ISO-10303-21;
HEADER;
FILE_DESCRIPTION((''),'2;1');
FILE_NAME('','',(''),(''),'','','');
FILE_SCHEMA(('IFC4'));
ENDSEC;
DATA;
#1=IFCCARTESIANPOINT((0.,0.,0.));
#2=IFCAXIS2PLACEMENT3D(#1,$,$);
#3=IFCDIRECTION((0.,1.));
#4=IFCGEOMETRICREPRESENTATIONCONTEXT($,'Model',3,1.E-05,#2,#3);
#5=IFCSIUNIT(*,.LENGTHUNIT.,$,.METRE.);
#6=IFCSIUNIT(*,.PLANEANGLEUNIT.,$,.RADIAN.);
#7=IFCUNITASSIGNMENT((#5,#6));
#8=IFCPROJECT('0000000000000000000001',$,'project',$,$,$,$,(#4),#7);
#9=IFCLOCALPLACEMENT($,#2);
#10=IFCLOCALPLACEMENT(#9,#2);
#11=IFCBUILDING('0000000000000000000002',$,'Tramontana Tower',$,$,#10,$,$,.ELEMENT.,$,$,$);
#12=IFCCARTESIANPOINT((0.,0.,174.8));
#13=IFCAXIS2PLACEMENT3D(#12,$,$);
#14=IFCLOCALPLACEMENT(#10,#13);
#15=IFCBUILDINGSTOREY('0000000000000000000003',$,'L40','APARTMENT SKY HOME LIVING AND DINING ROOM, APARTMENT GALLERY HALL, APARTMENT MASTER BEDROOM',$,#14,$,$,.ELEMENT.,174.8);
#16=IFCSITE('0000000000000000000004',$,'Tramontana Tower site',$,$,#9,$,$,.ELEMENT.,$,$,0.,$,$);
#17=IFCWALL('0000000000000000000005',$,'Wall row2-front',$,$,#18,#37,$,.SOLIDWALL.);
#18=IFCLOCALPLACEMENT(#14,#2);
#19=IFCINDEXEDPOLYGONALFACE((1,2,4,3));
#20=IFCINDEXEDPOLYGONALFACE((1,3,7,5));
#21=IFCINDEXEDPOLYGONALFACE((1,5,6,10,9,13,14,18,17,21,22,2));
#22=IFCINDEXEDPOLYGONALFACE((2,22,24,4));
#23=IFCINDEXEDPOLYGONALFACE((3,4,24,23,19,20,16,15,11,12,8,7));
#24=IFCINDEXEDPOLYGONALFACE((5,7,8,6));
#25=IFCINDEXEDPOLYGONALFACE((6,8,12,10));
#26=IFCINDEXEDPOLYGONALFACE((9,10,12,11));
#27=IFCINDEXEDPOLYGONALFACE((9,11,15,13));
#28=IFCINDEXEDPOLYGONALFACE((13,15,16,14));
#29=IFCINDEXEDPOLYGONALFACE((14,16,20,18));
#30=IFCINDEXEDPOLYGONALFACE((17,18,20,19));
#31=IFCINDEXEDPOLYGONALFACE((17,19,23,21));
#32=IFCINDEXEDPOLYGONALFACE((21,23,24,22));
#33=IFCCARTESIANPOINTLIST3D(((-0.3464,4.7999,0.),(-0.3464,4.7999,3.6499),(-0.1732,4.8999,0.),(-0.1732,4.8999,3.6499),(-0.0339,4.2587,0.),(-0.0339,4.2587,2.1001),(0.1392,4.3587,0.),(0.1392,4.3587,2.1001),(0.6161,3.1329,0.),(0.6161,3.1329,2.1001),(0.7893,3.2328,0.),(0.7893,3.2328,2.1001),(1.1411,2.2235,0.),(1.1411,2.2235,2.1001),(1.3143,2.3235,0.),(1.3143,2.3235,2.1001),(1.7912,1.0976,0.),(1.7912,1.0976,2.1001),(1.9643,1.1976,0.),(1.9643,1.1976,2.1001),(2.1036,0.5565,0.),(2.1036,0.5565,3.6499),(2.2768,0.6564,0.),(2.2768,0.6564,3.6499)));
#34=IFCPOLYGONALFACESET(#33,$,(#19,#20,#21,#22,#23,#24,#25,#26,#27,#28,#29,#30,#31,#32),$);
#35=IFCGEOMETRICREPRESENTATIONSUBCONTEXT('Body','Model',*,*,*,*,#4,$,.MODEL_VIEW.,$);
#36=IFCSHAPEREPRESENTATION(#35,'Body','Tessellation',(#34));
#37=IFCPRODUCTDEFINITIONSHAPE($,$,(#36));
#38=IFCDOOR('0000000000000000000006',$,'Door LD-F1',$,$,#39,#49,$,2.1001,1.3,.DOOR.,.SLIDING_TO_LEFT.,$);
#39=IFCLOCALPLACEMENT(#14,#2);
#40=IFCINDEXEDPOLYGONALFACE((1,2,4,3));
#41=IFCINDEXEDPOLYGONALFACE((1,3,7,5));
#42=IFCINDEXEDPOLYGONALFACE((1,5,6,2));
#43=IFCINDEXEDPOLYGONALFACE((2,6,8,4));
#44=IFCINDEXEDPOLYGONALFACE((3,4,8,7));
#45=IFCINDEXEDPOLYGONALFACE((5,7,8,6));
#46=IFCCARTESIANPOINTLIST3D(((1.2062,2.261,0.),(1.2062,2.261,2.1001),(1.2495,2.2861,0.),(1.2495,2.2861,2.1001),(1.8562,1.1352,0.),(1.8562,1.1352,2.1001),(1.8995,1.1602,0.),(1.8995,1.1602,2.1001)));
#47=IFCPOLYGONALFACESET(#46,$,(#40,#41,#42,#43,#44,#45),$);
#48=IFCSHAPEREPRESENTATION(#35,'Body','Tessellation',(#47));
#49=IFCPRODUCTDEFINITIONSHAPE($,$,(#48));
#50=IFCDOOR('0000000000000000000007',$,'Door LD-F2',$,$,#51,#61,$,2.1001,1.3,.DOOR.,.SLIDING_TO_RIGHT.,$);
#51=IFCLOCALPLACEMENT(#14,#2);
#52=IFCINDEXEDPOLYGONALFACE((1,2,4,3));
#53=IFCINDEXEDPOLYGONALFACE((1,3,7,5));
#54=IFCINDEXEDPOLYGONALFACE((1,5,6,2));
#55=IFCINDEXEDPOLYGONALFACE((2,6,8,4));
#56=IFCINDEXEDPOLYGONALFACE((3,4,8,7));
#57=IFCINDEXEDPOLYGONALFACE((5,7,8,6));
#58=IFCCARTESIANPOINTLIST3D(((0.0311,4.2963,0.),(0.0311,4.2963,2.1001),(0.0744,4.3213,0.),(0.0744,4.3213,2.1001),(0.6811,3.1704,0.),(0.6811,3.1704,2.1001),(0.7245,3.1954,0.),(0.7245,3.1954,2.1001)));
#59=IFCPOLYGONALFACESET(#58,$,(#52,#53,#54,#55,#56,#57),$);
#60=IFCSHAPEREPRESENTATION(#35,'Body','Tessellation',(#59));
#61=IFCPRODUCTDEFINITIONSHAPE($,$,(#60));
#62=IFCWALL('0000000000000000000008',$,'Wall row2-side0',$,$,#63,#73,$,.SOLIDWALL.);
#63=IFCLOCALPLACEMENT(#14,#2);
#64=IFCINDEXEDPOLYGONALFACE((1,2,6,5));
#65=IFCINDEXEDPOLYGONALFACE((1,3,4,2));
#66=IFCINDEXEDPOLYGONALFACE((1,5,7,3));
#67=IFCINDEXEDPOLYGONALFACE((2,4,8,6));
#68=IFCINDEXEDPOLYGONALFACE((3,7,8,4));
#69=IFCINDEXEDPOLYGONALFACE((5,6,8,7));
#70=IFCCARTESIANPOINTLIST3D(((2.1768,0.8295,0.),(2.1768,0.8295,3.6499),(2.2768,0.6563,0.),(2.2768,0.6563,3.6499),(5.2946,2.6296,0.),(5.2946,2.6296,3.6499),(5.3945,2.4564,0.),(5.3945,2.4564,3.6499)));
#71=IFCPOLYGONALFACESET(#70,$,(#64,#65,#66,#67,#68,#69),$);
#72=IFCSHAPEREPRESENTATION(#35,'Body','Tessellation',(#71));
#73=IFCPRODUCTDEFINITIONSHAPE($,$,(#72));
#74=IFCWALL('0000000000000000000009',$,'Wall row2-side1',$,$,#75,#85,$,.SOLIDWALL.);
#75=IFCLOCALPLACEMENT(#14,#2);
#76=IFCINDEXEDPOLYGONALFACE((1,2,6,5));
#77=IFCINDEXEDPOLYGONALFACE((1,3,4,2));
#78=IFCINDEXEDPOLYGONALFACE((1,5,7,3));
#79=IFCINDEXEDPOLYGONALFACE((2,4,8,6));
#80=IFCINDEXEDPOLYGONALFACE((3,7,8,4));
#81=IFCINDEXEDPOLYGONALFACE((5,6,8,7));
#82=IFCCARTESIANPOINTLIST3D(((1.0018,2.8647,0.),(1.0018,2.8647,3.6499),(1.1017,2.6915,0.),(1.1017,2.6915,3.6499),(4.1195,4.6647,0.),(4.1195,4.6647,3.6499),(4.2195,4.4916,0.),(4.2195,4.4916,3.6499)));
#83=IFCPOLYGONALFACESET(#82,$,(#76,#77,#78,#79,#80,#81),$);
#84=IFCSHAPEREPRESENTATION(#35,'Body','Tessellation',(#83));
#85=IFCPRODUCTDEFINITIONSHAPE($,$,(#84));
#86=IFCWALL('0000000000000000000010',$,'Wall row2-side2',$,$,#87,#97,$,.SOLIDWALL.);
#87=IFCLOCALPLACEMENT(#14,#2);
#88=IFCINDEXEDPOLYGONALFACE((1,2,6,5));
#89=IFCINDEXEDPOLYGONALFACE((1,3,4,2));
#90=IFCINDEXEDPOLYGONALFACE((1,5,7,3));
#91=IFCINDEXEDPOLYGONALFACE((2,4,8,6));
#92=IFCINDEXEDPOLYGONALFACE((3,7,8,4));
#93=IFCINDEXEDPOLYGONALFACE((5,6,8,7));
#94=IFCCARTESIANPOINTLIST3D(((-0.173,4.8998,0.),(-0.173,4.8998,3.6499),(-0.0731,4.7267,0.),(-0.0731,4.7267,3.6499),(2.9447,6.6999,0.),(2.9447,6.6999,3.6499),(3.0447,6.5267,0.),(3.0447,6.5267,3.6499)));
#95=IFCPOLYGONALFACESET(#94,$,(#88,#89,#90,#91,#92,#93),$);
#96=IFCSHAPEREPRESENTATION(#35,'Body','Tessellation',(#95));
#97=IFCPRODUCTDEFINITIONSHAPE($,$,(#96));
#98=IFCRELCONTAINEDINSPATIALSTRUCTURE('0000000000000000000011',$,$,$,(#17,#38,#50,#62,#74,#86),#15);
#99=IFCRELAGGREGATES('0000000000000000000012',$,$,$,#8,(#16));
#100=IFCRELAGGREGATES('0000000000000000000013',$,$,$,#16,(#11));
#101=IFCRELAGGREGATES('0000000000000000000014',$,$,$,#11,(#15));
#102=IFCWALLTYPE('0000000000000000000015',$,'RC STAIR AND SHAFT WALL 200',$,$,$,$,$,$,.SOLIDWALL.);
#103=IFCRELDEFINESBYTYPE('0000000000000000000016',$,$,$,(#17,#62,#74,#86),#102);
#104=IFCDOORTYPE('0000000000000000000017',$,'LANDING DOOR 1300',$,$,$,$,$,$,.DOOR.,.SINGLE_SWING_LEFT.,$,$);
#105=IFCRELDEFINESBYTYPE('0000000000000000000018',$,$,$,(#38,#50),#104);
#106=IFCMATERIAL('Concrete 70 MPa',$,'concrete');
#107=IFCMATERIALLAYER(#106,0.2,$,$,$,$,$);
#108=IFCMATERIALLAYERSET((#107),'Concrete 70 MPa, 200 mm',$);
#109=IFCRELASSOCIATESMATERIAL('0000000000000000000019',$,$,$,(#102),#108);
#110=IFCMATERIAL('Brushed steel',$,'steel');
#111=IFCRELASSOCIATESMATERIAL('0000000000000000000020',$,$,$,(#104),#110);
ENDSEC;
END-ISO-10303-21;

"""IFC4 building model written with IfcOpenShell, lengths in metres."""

from ifc_helpers import new_model, si_unit, direction, frame, frame_2d, origin, place, context, subcontext, project, spatial, rectangle, extrude, material, layer, layer_set, type_object, element, fill, save


model = new_model("IFC4")

# Units and contexts
model_context = context("Model", 3, precision=1e-05, world=origin(), true_north=direction((0.0, 1.0)))
body_context = subcontext(model_context, "Body", "Model", "MODEL_VIEW")
ifc_project = project(units=[si_unit("LENGTHUNIT", "METRE"), si_unit("PLANEANGLEUNIT", "RADIAN")], contexts=[model_context])

# Site, building, storey
site_placement = place(None, origin())
site = spatial("IfcSite", under=ifc_project, at=site_placement, Name="Tramontana Tower site", CompositionType="ELEMENT", RefElevation=0.0)
building_placement = place(site_placement, origin())
building = spatial("IfcBuilding", under=site, at=building_placement, Name="Tramontana Tower", CompositionType="ELEMENT")
storey_placement = place(building_placement, frame((0.0, 0.0, 174.8)))
storey = spatial("IfcBuildingStorey", under=building, at=storey_placement, Name="L40", Description="APARTMENT SKY HOME LIVING AND DINING ROOM, APARTMENT GALLERY HALL, APARTMENT MASTER BEDROOM", CompositionType="ELEMENT", Elevation=174.8)

# Shared definitions
ifc_material_1 = material(Name="Concrete 70 MPa", Category="concrete")
ifc_layer_1 = layer(ifc_material_1, 0.2)
ifc_layer_set_1 = layer_set([ifc_layer_1], Name="Concrete 70 MPa, 200 mm")
wall_type_1 = type_object("IfcWallType", Name="RC STAIR AND SHAFT WALL 200", PredefinedType="SOLIDWALL", material=ifc_layer_set_1)

# Wall, openings, doors
wall_1_placement = place(storey_placement, frame((2.1902, 0.6064, 0.0), z_axis=(0.0, 0.0, 1.0), x_axis=(-0.500003, 0.866024, 0.0)))
wall_1 = element("IfcWall", 1, at=wall_1_placement, inside=storey, type_object=wall_type_1, Name="Wall row2-front", PredefinedType="SOLIDWALL", context=body_context, shape_type="SweptSolid", body=[
    extrude(rectangle(XDim=4.8999, YDim=0.2, at=frame_2d((2.45, 0.0))), origin(), (0.0, 0.0, 1.0), 3.6499),
])
opening_1_placement = place(wall_1_placement, frame((0.625, 0.0, 0.0)))
opening_1 = element("IfcOpeningElement", 2, at=opening_1_placement, cuts=wall_1, PredefinedType="OPENING", context=body_context, shape_type="SweptSolid", body=[
    extrude(rectangle(XDim=1.3, YDim=2.1001, at=frame_2d((0.6499, 1.05))), frame((0.0, 0.1099, 0.0), z_axis=(0.0, -1.0, 0.0), x_axis=(1.0, 0.0, 0.0)), (0.0, 0.0, 1.0), 0.22),
])
opening_2_placement = place(wall_1_placement, frame((2.9751, 0.0, 0.0)))
opening_2 = element("IfcOpeningElement", 3, at=opening_2_placement, cuts=wall_1, PredefinedType="OPENING", context=body_context, shape_type="SweptSolid", body=[
    extrude(rectangle(XDim=1.3, YDim=2.1001, at=frame_2d((0.6499, 1.05))), frame((0.0, 0.1099, 0.0), z_axis=(0.0, -1.0, 0.0), x_axis=(1.0, 0.0, 0.0)), (0.0, 0.0, 1.0), 0.22),
])
ifc_material_2 = material(Name="Brushed steel", Category="steel")
door_type_1 = type_object("IfcDoorType", Name="LANDING DOOR 1300", OperationType="SINGLE_SWING_LEFT", PredefinedType="DOOR", material=ifc_material_2)
door_1_placement = place(opening_1_placement, origin())
door_1 = element("IfcDoor", 4, at=door_1_placement, inside=storey, type_object=door_type_1, Name="Door LD-F1", OperationType="SLIDING_TO_LEFT", OverallHeight=2.1001, OverallWidth=1.3, PredefinedType="DOOR", context=body_context, shape_type="SweptSolid", body=[
    extrude(rectangle(XDim=1.3, YDim=2.1001, at=frame_2d((0.6499, 1.05))), frame((0.0, 0.0249, 0.0), z_axis=(0.0, -1.0, 0.0), x_axis=(1.0, 0.0, 0.0)), (0.0, 0.0, 1.0), 0.05),
])
fill(opening_1, door_1)
door_2_placement = place(opening_2_placement, origin())
door_2 = element("IfcDoor", 5, at=door_2_placement, inside=storey, type_object=door_type_1, Name="Door LD-F2", OperationType="SLIDING_TO_RIGHT", OverallHeight=2.1001, OverallWidth=1.3, PredefinedType="DOOR", context=body_context, shape_type="SweptSolid", body=[
    extrude(rectangle(XDim=1.3, YDim=2.1001, at=frame_2d((0.6499, 1.05))), frame((0.0, 0.0249, 0.0), z_axis=(0.0, -1.0, 0.0), x_axis=(1.0, 0.0, 0.0)), (0.0, 0.0, 1.0), 0.05),
])
fill(opening_2, door_2)

# Walls
for number, where, z_axis, x_axis, name in (
    (6, (2.2268, 0.7429, 0.0), (0.0, 0.0, 1.0), (0.866018, 0.500012, 0.0), "Wall row2-side0"),
    (7, (1.0518, 2.7781, 0.0), (0.0, 0.0, 1.0), (0.866018, 0.500012, 0.0), "Wall row2-side1"),
    (8, (-0.123, 4.8132, 0.0), (0.0, 0.0, 1.0), (0.866018, 0.500012, 0.0), "Wall row2-side2"),
):
    element("IfcWall", number, at=place(storey_placement, frame(where, z_axis=z_axis, x_axis=x_axis)), inside=storey, type_object=wall_type_1, Name=name, PredefinedType="SOLIDWALL", context=body_context, shape_type="SweptSolid", body=[
        extrude(rectangle(XDim=3.6001, YDim=0.2, at=frame_2d((1.8, 0.0))), origin(), (0.0, 0.0, 1.0), 3.6499),
    ])

save(model, "model.ifc")
